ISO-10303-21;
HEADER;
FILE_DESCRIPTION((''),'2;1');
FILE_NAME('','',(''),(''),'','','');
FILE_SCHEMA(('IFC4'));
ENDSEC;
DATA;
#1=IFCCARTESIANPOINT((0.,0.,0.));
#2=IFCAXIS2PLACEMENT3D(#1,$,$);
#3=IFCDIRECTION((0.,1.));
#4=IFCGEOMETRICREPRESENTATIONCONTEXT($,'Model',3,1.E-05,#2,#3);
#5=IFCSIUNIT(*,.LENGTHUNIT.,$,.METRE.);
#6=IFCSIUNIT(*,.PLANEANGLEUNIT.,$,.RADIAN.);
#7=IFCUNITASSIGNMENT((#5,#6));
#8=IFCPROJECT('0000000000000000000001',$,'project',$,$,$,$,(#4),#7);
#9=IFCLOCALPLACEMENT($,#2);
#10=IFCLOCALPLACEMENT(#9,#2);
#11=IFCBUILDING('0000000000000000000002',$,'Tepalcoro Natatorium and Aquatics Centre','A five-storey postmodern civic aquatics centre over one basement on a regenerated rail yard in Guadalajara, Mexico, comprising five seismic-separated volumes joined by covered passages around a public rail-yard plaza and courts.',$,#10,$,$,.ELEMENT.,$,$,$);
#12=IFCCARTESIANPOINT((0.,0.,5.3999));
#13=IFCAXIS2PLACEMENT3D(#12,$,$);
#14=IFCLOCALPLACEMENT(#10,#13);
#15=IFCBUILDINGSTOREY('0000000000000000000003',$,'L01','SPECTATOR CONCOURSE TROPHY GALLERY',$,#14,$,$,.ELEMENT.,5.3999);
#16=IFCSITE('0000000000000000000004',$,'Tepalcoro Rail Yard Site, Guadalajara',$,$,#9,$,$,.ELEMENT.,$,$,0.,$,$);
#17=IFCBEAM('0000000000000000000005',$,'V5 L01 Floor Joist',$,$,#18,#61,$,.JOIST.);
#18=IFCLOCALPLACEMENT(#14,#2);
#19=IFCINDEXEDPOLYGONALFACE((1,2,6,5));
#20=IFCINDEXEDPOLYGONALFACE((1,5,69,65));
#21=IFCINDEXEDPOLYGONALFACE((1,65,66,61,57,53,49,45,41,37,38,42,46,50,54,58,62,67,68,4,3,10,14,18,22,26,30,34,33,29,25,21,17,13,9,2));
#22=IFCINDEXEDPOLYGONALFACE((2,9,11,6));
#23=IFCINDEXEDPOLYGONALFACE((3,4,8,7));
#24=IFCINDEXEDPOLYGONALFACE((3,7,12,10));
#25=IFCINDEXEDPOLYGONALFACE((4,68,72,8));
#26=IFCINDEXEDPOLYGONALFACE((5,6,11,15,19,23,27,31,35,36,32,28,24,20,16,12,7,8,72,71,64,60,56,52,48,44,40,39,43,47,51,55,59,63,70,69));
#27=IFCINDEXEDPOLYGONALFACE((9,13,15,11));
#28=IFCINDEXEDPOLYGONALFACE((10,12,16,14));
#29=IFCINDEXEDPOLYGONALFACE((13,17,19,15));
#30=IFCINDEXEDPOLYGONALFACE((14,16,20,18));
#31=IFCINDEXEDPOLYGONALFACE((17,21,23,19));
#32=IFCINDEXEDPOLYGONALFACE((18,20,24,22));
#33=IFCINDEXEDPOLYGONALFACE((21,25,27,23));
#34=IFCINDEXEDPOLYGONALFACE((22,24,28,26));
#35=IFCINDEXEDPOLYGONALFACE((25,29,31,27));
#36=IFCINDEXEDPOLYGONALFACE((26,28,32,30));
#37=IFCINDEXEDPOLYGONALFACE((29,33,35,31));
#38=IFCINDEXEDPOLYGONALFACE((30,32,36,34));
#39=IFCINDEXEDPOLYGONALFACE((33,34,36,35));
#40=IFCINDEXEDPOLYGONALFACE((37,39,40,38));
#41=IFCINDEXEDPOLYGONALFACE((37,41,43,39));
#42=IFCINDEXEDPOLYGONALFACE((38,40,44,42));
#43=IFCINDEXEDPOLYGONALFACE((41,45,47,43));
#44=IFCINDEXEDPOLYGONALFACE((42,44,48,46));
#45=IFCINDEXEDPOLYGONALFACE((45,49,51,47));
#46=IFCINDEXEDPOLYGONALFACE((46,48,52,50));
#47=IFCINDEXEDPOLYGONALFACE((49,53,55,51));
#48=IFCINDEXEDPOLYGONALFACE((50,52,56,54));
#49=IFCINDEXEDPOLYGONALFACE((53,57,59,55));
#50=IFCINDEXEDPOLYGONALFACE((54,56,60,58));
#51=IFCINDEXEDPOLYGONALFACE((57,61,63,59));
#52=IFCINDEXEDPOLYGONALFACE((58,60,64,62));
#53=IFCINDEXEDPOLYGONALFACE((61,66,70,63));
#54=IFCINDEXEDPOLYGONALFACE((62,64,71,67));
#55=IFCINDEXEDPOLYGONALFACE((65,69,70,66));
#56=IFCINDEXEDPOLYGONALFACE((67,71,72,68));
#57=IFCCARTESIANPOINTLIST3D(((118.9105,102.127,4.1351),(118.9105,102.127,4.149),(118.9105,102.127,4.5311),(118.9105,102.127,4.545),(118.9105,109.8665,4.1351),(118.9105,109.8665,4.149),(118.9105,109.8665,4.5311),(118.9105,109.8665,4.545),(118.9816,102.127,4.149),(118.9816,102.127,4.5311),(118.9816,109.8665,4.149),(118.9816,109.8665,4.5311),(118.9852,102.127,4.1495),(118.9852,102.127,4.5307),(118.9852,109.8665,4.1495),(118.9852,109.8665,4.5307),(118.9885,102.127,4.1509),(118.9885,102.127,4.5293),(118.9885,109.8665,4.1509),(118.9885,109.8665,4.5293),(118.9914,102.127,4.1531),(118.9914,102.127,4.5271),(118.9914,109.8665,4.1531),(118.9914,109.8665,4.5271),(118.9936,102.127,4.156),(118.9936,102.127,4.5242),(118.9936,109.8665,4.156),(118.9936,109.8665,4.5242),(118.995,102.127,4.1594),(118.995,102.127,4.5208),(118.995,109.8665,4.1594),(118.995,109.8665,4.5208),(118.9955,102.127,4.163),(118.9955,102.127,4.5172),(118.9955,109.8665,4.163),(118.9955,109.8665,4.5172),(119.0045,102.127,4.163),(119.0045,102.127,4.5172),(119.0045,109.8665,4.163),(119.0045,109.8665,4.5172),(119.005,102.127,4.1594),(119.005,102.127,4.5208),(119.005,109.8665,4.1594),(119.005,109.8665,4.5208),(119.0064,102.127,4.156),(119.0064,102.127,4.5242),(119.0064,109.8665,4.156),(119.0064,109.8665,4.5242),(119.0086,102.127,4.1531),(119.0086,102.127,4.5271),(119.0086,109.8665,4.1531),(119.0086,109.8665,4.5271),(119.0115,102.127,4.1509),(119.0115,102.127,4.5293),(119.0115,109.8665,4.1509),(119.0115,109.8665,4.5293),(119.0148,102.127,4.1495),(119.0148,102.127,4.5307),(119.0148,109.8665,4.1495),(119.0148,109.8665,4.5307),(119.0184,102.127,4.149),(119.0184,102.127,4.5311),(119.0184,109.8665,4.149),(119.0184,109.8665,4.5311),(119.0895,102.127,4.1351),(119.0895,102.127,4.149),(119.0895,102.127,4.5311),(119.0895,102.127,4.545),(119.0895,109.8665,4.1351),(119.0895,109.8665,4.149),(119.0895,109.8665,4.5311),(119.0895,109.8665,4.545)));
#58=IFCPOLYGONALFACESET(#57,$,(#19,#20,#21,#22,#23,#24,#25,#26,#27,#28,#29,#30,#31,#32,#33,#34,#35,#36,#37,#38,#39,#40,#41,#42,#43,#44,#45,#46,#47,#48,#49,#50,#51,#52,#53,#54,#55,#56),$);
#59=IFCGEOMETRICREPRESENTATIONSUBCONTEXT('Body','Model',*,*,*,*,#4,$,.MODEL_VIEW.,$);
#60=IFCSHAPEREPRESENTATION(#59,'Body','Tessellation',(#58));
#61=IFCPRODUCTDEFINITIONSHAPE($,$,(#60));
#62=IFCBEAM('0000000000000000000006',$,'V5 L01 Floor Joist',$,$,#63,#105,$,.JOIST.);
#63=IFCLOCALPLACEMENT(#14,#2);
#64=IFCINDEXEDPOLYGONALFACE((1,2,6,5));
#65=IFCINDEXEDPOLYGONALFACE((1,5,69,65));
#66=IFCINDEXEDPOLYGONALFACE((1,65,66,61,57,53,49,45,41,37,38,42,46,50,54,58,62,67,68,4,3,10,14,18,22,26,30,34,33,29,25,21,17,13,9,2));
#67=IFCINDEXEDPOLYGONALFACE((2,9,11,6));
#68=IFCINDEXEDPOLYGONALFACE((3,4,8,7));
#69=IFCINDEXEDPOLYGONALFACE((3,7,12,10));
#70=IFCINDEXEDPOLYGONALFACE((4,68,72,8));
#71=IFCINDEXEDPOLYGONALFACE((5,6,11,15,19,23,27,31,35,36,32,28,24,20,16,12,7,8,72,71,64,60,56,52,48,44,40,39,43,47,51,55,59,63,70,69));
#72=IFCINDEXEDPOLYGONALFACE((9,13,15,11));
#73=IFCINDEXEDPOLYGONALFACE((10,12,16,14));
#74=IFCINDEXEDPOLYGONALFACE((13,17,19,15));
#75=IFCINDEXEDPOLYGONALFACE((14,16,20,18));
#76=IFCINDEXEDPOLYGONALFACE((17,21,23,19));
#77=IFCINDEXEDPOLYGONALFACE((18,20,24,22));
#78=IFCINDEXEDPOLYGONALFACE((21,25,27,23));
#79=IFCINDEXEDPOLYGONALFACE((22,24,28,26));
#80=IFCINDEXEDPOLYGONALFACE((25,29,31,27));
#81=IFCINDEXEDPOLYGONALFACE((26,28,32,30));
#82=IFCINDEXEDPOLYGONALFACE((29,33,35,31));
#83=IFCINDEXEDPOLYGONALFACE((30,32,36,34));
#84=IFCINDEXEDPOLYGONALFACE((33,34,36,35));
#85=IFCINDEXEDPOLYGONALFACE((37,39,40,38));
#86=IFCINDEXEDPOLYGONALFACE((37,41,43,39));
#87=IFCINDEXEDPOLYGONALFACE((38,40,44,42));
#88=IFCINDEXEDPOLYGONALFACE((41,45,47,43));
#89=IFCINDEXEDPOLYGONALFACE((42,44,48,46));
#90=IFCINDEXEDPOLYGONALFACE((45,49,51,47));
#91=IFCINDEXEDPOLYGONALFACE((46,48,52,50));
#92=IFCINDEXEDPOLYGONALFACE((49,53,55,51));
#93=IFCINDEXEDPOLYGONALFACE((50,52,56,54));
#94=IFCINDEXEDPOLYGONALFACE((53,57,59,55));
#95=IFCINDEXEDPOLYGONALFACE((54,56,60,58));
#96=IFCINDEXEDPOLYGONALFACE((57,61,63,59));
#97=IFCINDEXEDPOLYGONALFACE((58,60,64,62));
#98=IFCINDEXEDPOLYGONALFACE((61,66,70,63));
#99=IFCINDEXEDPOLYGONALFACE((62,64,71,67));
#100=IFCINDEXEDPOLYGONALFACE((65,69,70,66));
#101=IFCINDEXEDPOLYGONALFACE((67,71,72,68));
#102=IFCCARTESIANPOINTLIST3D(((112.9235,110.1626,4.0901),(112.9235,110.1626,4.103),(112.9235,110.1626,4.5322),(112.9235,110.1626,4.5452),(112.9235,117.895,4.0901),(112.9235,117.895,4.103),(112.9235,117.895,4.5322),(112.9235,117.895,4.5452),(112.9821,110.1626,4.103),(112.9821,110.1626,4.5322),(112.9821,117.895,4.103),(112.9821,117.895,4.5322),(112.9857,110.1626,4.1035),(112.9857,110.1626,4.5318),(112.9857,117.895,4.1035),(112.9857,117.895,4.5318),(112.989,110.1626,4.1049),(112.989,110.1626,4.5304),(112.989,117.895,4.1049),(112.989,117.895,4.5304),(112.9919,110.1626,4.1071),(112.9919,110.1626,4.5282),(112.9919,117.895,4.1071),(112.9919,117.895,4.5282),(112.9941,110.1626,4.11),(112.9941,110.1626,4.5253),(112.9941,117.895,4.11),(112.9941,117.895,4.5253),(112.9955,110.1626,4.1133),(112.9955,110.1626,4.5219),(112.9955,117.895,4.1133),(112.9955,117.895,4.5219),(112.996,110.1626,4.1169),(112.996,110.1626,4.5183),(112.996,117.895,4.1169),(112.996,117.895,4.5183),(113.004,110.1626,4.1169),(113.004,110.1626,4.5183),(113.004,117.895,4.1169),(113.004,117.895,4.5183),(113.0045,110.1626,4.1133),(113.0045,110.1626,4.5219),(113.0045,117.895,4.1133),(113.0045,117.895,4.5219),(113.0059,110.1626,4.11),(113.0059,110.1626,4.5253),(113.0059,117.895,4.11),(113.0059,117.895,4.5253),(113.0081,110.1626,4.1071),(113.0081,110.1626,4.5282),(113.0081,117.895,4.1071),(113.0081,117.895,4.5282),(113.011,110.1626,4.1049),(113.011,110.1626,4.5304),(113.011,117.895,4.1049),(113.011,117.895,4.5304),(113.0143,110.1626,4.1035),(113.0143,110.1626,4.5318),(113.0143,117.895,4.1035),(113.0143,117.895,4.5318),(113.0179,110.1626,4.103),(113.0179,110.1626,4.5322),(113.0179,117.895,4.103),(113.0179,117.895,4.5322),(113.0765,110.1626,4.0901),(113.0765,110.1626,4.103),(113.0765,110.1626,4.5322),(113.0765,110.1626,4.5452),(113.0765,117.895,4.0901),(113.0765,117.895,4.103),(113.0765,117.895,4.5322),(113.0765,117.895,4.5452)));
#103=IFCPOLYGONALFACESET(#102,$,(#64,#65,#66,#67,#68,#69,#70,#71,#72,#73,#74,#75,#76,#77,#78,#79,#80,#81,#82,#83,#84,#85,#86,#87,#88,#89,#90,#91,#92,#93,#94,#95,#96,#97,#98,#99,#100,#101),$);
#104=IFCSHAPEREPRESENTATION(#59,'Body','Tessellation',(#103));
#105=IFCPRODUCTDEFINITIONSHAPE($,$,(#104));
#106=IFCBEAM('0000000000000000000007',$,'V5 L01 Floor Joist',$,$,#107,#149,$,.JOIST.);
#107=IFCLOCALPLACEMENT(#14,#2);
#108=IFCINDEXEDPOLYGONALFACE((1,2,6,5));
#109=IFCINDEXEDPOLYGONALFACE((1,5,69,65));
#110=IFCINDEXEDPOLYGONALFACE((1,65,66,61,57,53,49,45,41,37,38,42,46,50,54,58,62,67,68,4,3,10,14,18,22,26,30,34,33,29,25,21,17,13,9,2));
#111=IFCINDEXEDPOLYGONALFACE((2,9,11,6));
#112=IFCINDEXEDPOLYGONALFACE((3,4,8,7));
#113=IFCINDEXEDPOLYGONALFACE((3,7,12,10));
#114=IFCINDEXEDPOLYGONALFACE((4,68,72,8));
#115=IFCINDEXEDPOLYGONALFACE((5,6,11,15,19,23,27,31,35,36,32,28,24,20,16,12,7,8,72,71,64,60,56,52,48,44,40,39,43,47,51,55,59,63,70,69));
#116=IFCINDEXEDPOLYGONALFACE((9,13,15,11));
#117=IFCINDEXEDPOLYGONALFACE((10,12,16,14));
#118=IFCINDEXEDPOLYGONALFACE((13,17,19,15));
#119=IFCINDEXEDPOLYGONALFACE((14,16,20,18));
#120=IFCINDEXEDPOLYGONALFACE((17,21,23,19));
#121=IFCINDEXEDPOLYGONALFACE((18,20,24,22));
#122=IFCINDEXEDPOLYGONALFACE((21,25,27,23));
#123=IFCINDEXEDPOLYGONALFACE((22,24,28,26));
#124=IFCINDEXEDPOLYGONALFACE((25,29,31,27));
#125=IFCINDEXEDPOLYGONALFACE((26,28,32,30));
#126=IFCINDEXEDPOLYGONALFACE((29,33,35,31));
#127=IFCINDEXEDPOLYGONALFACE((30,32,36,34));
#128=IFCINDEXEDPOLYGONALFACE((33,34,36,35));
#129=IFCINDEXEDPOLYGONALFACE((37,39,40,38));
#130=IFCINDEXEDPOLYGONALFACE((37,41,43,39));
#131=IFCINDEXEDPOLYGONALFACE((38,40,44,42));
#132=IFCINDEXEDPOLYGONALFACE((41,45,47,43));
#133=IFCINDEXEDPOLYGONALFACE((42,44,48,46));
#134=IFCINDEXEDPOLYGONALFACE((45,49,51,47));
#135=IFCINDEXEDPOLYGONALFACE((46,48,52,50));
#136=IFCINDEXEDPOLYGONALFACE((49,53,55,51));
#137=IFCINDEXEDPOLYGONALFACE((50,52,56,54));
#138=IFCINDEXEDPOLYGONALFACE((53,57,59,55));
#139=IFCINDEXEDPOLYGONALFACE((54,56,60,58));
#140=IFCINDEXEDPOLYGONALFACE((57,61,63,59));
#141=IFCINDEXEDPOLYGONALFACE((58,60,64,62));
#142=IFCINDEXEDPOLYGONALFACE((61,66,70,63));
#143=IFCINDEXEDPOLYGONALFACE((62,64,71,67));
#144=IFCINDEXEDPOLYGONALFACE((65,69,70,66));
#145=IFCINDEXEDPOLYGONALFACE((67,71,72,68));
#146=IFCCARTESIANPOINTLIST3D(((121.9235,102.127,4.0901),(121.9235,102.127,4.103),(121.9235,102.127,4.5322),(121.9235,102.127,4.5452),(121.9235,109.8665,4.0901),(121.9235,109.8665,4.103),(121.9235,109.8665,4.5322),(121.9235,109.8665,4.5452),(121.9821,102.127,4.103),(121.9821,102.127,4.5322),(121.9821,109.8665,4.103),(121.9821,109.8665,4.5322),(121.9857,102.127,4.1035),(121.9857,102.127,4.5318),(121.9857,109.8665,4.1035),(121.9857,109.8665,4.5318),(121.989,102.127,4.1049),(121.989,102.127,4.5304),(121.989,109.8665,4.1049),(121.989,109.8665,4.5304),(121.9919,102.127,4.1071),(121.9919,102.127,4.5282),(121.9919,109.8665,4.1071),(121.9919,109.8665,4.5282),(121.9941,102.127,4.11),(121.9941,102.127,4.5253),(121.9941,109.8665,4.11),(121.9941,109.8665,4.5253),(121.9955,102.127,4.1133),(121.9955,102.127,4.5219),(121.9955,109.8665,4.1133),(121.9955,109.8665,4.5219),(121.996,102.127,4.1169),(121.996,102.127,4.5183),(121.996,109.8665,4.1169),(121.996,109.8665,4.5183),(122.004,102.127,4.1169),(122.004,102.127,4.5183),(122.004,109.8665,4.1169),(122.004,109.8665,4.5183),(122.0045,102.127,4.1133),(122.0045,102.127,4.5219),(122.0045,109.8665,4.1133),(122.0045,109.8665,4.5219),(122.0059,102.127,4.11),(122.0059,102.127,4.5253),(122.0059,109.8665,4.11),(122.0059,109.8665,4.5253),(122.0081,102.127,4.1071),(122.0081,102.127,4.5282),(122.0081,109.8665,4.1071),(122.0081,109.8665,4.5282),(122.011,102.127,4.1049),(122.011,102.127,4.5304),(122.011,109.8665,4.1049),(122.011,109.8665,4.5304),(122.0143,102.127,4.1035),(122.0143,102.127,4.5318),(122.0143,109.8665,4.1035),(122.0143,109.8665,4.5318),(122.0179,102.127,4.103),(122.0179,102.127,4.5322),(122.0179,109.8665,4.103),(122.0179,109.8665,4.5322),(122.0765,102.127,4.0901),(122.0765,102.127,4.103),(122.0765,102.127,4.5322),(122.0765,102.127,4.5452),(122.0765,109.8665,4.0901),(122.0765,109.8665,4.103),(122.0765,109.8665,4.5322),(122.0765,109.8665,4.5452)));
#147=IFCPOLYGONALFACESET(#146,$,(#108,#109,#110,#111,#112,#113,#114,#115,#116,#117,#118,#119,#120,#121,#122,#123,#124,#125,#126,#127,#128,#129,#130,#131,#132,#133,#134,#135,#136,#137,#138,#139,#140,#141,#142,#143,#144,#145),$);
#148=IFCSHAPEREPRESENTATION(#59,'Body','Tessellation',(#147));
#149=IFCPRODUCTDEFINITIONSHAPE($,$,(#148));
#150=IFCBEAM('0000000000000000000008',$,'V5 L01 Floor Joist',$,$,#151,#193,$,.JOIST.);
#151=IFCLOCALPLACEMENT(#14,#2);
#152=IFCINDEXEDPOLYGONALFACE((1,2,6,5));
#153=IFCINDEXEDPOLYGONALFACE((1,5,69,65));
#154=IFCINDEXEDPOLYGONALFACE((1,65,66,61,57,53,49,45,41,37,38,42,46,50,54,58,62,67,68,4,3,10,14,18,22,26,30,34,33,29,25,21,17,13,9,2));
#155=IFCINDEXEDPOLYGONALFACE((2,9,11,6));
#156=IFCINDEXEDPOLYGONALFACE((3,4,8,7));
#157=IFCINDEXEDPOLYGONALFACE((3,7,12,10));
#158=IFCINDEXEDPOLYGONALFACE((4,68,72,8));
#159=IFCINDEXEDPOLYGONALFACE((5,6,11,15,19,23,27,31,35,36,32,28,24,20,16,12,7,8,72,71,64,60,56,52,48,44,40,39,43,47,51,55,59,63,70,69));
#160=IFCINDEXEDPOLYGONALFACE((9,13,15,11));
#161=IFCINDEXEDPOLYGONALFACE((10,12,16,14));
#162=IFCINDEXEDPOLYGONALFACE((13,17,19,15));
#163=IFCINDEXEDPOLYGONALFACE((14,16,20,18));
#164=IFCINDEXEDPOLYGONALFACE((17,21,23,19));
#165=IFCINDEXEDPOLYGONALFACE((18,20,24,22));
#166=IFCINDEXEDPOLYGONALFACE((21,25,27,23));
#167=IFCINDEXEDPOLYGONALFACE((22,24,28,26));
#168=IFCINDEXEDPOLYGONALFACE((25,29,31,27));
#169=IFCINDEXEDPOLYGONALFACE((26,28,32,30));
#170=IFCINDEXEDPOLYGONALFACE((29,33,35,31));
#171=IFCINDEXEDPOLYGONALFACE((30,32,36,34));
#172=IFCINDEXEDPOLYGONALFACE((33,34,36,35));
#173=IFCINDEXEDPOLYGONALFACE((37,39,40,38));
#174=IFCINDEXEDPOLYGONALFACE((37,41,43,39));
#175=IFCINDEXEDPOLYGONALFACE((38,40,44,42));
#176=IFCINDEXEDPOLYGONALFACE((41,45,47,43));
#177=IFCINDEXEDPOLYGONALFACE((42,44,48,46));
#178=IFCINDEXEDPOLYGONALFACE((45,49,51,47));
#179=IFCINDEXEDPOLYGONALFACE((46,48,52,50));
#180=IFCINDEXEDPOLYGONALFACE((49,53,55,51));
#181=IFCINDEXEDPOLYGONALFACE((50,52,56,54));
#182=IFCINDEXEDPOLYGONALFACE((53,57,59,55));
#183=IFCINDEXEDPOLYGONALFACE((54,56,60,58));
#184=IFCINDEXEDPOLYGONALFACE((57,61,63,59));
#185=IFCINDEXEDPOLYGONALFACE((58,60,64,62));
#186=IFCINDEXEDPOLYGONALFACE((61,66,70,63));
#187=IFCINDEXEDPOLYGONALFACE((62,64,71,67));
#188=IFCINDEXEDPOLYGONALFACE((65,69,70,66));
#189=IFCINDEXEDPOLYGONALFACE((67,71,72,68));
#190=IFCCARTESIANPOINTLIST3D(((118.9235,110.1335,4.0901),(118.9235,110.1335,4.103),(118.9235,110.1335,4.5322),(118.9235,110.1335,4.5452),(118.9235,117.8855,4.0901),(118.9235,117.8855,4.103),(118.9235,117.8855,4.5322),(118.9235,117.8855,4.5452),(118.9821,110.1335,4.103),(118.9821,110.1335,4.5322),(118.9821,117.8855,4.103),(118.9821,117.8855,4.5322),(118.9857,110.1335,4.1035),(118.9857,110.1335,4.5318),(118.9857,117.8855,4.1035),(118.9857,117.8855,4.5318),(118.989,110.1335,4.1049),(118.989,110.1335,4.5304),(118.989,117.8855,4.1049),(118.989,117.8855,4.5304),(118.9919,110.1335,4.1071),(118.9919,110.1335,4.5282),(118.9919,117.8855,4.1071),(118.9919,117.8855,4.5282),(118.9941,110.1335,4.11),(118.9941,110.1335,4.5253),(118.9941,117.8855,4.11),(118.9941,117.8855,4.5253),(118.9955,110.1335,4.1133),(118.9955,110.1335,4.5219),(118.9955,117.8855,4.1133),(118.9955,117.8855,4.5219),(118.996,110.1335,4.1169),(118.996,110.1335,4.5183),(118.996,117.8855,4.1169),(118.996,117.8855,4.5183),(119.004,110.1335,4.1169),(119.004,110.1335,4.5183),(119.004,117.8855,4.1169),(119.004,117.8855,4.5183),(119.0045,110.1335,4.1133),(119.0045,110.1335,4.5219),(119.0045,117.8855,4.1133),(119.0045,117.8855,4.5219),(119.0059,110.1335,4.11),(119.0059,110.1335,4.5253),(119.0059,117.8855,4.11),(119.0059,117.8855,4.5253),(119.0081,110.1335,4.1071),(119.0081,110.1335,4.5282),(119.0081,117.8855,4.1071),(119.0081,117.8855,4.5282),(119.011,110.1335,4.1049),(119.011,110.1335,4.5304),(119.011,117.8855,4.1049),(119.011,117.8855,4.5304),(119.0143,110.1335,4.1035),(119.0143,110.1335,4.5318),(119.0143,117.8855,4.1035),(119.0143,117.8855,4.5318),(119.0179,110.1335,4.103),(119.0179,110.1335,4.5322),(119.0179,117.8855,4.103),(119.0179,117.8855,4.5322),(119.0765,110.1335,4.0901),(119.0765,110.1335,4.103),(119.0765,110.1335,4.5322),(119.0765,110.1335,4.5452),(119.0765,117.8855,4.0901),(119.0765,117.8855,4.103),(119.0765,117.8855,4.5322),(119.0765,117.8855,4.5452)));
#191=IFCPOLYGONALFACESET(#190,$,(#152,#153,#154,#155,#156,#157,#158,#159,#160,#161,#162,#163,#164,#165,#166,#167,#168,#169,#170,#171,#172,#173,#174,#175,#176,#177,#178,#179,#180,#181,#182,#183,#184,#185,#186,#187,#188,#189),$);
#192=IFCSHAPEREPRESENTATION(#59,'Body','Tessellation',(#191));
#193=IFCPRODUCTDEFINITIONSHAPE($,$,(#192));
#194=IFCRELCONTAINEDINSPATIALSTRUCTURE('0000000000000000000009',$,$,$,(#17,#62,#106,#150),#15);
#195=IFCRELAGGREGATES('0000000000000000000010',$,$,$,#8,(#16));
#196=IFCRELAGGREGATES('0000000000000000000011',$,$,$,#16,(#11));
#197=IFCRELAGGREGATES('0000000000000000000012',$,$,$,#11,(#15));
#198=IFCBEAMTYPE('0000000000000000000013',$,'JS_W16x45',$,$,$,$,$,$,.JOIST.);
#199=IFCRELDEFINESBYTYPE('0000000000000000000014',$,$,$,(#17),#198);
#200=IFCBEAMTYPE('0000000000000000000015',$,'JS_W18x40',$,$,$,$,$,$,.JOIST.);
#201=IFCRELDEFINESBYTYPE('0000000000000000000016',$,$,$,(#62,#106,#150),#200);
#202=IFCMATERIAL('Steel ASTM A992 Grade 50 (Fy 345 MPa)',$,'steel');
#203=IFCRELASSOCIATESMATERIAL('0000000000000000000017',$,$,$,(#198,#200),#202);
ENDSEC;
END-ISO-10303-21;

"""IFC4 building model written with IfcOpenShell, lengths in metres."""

from ifc_helpers import new_model, si_unit, direction, frame, origin, origin_2d, place, context, subcontext, project, spatial, i_section, extrude, material, material_profile, profile_set, type_object, element, save


model = new_model("IFC4")

# Units and contexts
model_context = context("Model", 3, precision=1e-05, world=origin(), true_north=direction((0.0, 1.0)))
body_context = subcontext(model_context, "Body", "Model", "MODEL_VIEW")
ifc_project = project(units=[si_unit("LENGTHUNIT", "METRE"), si_unit("PLANEANGLEUNIT", "RADIAN")], contexts=[model_context])

# Site, building, storey
site_placement = place(None, origin())
site = spatial("IfcSite", under=ifc_project, at=site_placement, Name="Tepalcoro Rail Yard Site, Guadalajara", CompositionType="ELEMENT", RefElevation=0.0)
building_placement = place(site_placement, origin())
building = spatial("IfcBuilding", under=site, at=building_placement, Name="Tepalcoro Natatorium and Aquatics Centre", Description="A five-storey postmodern civic aquatics centre over one basement on a regenerated rail yard in Guadalajara, Mexico, comprising five seismic-separated volumes joined by covered passages around a public rail-yard plaza and courts.", CompositionType="ELEMENT")
storey_placement = place(building_placement, frame((0.0, 0.0, 5.3999)))
storey = spatial("IfcBuildingStorey", under=building, at=storey_placement, Name="L01", Description="SPECTATOR CONCOURSE TROPHY GALLERY", CompositionType="ELEMENT", Elevation=5.3999)

# Beams
ifc_material_1 = material(Name="Steel ASTM A992 Grade 50 (Fy 345 MPa)", Category="steel")
ifc_material_profile_1 = material_profile(ifc_material_1, i_section(OverallWidth=0.179, OverallDepth=0.4099, WebThickness=0.009, FlangeThickness=0.0139, FilletRadius=0.0139, at=origin_2d()), Name="W16X45")
ifc_profile_set_1 = profile_set([ifc_material_profile_1], Name="Steel ASTM A992 Grade 50 (Fy 345 MPa)")
beam_type_1 = type_object("IfcBeamType", Name="JS_W16x45", PredefinedType="JOIST", material=ifc_profile_set_1)
beam_1_placement = place(storey_placement, frame((119.0, 102.127, 4.3401), z_axis=(0.0, 1.0, 0.0), x_axis=(-1.0, 0.0, 0.0)))
element("IfcBeam", 1, at=beam_1_placement, inside=storey, type_object=beam_type_1, Name="V5 L01 Floor Joist", PredefinedType="JOIST", context=body_context, shape_type="SweptSolid", body=[
    extrude(i_section(OverallWidth=0.179, OverallDepth=0.4099, WebThickness=0.009, FlangeThickness=0.0139, FilletRadius=0.0139, at=origin_2d()), origin(), (0.0, 0.0, 1.0), 7.7395),
])
ifc_material_profile_2 = material_profile(ifc_material_1, i_section(OverallWidth=0.1531, OverallDepth=0.4551, WebThickness=0.0081, FlangeThickness=0.0129, FilletRadius=0.0139, at=origin_2d()), Name="W18X40")
ifc_profile_set_2 = profile_set([ifc_material_profile_2], Name="Steel ASTM A992 Grade 50 (Fy 345 MPa)")
beam_type_2 = type_object("IfcBeamType", Name="JS_W18x40", PredefinedType="JOIST", material=ifc_profile_set_2)
beam_2_placement = place(storey_placement, frame((113.0, 110.1626, 4.3176), z_axis=(0.0, 1.0, 0.0), x_axis=(-1.0, 0.0, 0.0)))
element("IfcBeam", 2, at=beam_2_placement, inside=storey, type_object=beam_type_2, Name="V5 L01 Floor Joist", PredefinedType="JOIST", context=body_context, shape_type="SweptSolid", body=[
    extrude(i_section(OverallWidth=0.1531, OverallDepth=0.4551, WebThickness=0.0081, FlangeThickness=0.0129, FilletRadius=0.0139, at=origin_2d()), origin(), (0.0, 0.0, 1.0), 7.7324),
])
beam_3_placement = place(storey_placement, frame((122.0, 102.127, 4.3176), z_axis=(0.0, 1.0, 0.0), x_axis=(-1.0, 0.0, 0.0)))
element("IfcBeam", 3, at=beam_3_placement, inside=storey, type_object=beam_type_2, Name="V5 L01 Floor Joist", PredefinedType="JOIST", context=body_context, shape_type="SweptSolid", body=[
    extrude(i_section(OverallWidth=0.1531, OverallDepth=0.4551, WebThickness=0.0081, FlangeThickness=0.0129, FilletRadius=0.0139, at=origin_2d()), origin(), (0.0, 0.0, 1.0), 7.7395),
])
beam_4_placement = place(storey_placement, frame((119.0, 110.1335, 4.3176), z_axis=(0.0, 1.0, 0.0), x_axis=(-1.0, 0.0, 0.0)))
element("IfcBeam", 4, at=beam_4_placement, inside=storey, type_object=beam_type_2, Name="V5 L01 Floor Joist", PredefinedType="JOIST", context=body_context, shape_type="SweptSolid", body=[
    extrude(i_section(OverallWidth=0.1531, OverallDepth=0.4551, WebThickness=0.0081, FlangeThickness=0.0129, FilletRadius=0.0139, at=origin_2d()), origin(), (0.0, 0.0, 1.0), 7.752),
])

save(model, "model.ifc")
